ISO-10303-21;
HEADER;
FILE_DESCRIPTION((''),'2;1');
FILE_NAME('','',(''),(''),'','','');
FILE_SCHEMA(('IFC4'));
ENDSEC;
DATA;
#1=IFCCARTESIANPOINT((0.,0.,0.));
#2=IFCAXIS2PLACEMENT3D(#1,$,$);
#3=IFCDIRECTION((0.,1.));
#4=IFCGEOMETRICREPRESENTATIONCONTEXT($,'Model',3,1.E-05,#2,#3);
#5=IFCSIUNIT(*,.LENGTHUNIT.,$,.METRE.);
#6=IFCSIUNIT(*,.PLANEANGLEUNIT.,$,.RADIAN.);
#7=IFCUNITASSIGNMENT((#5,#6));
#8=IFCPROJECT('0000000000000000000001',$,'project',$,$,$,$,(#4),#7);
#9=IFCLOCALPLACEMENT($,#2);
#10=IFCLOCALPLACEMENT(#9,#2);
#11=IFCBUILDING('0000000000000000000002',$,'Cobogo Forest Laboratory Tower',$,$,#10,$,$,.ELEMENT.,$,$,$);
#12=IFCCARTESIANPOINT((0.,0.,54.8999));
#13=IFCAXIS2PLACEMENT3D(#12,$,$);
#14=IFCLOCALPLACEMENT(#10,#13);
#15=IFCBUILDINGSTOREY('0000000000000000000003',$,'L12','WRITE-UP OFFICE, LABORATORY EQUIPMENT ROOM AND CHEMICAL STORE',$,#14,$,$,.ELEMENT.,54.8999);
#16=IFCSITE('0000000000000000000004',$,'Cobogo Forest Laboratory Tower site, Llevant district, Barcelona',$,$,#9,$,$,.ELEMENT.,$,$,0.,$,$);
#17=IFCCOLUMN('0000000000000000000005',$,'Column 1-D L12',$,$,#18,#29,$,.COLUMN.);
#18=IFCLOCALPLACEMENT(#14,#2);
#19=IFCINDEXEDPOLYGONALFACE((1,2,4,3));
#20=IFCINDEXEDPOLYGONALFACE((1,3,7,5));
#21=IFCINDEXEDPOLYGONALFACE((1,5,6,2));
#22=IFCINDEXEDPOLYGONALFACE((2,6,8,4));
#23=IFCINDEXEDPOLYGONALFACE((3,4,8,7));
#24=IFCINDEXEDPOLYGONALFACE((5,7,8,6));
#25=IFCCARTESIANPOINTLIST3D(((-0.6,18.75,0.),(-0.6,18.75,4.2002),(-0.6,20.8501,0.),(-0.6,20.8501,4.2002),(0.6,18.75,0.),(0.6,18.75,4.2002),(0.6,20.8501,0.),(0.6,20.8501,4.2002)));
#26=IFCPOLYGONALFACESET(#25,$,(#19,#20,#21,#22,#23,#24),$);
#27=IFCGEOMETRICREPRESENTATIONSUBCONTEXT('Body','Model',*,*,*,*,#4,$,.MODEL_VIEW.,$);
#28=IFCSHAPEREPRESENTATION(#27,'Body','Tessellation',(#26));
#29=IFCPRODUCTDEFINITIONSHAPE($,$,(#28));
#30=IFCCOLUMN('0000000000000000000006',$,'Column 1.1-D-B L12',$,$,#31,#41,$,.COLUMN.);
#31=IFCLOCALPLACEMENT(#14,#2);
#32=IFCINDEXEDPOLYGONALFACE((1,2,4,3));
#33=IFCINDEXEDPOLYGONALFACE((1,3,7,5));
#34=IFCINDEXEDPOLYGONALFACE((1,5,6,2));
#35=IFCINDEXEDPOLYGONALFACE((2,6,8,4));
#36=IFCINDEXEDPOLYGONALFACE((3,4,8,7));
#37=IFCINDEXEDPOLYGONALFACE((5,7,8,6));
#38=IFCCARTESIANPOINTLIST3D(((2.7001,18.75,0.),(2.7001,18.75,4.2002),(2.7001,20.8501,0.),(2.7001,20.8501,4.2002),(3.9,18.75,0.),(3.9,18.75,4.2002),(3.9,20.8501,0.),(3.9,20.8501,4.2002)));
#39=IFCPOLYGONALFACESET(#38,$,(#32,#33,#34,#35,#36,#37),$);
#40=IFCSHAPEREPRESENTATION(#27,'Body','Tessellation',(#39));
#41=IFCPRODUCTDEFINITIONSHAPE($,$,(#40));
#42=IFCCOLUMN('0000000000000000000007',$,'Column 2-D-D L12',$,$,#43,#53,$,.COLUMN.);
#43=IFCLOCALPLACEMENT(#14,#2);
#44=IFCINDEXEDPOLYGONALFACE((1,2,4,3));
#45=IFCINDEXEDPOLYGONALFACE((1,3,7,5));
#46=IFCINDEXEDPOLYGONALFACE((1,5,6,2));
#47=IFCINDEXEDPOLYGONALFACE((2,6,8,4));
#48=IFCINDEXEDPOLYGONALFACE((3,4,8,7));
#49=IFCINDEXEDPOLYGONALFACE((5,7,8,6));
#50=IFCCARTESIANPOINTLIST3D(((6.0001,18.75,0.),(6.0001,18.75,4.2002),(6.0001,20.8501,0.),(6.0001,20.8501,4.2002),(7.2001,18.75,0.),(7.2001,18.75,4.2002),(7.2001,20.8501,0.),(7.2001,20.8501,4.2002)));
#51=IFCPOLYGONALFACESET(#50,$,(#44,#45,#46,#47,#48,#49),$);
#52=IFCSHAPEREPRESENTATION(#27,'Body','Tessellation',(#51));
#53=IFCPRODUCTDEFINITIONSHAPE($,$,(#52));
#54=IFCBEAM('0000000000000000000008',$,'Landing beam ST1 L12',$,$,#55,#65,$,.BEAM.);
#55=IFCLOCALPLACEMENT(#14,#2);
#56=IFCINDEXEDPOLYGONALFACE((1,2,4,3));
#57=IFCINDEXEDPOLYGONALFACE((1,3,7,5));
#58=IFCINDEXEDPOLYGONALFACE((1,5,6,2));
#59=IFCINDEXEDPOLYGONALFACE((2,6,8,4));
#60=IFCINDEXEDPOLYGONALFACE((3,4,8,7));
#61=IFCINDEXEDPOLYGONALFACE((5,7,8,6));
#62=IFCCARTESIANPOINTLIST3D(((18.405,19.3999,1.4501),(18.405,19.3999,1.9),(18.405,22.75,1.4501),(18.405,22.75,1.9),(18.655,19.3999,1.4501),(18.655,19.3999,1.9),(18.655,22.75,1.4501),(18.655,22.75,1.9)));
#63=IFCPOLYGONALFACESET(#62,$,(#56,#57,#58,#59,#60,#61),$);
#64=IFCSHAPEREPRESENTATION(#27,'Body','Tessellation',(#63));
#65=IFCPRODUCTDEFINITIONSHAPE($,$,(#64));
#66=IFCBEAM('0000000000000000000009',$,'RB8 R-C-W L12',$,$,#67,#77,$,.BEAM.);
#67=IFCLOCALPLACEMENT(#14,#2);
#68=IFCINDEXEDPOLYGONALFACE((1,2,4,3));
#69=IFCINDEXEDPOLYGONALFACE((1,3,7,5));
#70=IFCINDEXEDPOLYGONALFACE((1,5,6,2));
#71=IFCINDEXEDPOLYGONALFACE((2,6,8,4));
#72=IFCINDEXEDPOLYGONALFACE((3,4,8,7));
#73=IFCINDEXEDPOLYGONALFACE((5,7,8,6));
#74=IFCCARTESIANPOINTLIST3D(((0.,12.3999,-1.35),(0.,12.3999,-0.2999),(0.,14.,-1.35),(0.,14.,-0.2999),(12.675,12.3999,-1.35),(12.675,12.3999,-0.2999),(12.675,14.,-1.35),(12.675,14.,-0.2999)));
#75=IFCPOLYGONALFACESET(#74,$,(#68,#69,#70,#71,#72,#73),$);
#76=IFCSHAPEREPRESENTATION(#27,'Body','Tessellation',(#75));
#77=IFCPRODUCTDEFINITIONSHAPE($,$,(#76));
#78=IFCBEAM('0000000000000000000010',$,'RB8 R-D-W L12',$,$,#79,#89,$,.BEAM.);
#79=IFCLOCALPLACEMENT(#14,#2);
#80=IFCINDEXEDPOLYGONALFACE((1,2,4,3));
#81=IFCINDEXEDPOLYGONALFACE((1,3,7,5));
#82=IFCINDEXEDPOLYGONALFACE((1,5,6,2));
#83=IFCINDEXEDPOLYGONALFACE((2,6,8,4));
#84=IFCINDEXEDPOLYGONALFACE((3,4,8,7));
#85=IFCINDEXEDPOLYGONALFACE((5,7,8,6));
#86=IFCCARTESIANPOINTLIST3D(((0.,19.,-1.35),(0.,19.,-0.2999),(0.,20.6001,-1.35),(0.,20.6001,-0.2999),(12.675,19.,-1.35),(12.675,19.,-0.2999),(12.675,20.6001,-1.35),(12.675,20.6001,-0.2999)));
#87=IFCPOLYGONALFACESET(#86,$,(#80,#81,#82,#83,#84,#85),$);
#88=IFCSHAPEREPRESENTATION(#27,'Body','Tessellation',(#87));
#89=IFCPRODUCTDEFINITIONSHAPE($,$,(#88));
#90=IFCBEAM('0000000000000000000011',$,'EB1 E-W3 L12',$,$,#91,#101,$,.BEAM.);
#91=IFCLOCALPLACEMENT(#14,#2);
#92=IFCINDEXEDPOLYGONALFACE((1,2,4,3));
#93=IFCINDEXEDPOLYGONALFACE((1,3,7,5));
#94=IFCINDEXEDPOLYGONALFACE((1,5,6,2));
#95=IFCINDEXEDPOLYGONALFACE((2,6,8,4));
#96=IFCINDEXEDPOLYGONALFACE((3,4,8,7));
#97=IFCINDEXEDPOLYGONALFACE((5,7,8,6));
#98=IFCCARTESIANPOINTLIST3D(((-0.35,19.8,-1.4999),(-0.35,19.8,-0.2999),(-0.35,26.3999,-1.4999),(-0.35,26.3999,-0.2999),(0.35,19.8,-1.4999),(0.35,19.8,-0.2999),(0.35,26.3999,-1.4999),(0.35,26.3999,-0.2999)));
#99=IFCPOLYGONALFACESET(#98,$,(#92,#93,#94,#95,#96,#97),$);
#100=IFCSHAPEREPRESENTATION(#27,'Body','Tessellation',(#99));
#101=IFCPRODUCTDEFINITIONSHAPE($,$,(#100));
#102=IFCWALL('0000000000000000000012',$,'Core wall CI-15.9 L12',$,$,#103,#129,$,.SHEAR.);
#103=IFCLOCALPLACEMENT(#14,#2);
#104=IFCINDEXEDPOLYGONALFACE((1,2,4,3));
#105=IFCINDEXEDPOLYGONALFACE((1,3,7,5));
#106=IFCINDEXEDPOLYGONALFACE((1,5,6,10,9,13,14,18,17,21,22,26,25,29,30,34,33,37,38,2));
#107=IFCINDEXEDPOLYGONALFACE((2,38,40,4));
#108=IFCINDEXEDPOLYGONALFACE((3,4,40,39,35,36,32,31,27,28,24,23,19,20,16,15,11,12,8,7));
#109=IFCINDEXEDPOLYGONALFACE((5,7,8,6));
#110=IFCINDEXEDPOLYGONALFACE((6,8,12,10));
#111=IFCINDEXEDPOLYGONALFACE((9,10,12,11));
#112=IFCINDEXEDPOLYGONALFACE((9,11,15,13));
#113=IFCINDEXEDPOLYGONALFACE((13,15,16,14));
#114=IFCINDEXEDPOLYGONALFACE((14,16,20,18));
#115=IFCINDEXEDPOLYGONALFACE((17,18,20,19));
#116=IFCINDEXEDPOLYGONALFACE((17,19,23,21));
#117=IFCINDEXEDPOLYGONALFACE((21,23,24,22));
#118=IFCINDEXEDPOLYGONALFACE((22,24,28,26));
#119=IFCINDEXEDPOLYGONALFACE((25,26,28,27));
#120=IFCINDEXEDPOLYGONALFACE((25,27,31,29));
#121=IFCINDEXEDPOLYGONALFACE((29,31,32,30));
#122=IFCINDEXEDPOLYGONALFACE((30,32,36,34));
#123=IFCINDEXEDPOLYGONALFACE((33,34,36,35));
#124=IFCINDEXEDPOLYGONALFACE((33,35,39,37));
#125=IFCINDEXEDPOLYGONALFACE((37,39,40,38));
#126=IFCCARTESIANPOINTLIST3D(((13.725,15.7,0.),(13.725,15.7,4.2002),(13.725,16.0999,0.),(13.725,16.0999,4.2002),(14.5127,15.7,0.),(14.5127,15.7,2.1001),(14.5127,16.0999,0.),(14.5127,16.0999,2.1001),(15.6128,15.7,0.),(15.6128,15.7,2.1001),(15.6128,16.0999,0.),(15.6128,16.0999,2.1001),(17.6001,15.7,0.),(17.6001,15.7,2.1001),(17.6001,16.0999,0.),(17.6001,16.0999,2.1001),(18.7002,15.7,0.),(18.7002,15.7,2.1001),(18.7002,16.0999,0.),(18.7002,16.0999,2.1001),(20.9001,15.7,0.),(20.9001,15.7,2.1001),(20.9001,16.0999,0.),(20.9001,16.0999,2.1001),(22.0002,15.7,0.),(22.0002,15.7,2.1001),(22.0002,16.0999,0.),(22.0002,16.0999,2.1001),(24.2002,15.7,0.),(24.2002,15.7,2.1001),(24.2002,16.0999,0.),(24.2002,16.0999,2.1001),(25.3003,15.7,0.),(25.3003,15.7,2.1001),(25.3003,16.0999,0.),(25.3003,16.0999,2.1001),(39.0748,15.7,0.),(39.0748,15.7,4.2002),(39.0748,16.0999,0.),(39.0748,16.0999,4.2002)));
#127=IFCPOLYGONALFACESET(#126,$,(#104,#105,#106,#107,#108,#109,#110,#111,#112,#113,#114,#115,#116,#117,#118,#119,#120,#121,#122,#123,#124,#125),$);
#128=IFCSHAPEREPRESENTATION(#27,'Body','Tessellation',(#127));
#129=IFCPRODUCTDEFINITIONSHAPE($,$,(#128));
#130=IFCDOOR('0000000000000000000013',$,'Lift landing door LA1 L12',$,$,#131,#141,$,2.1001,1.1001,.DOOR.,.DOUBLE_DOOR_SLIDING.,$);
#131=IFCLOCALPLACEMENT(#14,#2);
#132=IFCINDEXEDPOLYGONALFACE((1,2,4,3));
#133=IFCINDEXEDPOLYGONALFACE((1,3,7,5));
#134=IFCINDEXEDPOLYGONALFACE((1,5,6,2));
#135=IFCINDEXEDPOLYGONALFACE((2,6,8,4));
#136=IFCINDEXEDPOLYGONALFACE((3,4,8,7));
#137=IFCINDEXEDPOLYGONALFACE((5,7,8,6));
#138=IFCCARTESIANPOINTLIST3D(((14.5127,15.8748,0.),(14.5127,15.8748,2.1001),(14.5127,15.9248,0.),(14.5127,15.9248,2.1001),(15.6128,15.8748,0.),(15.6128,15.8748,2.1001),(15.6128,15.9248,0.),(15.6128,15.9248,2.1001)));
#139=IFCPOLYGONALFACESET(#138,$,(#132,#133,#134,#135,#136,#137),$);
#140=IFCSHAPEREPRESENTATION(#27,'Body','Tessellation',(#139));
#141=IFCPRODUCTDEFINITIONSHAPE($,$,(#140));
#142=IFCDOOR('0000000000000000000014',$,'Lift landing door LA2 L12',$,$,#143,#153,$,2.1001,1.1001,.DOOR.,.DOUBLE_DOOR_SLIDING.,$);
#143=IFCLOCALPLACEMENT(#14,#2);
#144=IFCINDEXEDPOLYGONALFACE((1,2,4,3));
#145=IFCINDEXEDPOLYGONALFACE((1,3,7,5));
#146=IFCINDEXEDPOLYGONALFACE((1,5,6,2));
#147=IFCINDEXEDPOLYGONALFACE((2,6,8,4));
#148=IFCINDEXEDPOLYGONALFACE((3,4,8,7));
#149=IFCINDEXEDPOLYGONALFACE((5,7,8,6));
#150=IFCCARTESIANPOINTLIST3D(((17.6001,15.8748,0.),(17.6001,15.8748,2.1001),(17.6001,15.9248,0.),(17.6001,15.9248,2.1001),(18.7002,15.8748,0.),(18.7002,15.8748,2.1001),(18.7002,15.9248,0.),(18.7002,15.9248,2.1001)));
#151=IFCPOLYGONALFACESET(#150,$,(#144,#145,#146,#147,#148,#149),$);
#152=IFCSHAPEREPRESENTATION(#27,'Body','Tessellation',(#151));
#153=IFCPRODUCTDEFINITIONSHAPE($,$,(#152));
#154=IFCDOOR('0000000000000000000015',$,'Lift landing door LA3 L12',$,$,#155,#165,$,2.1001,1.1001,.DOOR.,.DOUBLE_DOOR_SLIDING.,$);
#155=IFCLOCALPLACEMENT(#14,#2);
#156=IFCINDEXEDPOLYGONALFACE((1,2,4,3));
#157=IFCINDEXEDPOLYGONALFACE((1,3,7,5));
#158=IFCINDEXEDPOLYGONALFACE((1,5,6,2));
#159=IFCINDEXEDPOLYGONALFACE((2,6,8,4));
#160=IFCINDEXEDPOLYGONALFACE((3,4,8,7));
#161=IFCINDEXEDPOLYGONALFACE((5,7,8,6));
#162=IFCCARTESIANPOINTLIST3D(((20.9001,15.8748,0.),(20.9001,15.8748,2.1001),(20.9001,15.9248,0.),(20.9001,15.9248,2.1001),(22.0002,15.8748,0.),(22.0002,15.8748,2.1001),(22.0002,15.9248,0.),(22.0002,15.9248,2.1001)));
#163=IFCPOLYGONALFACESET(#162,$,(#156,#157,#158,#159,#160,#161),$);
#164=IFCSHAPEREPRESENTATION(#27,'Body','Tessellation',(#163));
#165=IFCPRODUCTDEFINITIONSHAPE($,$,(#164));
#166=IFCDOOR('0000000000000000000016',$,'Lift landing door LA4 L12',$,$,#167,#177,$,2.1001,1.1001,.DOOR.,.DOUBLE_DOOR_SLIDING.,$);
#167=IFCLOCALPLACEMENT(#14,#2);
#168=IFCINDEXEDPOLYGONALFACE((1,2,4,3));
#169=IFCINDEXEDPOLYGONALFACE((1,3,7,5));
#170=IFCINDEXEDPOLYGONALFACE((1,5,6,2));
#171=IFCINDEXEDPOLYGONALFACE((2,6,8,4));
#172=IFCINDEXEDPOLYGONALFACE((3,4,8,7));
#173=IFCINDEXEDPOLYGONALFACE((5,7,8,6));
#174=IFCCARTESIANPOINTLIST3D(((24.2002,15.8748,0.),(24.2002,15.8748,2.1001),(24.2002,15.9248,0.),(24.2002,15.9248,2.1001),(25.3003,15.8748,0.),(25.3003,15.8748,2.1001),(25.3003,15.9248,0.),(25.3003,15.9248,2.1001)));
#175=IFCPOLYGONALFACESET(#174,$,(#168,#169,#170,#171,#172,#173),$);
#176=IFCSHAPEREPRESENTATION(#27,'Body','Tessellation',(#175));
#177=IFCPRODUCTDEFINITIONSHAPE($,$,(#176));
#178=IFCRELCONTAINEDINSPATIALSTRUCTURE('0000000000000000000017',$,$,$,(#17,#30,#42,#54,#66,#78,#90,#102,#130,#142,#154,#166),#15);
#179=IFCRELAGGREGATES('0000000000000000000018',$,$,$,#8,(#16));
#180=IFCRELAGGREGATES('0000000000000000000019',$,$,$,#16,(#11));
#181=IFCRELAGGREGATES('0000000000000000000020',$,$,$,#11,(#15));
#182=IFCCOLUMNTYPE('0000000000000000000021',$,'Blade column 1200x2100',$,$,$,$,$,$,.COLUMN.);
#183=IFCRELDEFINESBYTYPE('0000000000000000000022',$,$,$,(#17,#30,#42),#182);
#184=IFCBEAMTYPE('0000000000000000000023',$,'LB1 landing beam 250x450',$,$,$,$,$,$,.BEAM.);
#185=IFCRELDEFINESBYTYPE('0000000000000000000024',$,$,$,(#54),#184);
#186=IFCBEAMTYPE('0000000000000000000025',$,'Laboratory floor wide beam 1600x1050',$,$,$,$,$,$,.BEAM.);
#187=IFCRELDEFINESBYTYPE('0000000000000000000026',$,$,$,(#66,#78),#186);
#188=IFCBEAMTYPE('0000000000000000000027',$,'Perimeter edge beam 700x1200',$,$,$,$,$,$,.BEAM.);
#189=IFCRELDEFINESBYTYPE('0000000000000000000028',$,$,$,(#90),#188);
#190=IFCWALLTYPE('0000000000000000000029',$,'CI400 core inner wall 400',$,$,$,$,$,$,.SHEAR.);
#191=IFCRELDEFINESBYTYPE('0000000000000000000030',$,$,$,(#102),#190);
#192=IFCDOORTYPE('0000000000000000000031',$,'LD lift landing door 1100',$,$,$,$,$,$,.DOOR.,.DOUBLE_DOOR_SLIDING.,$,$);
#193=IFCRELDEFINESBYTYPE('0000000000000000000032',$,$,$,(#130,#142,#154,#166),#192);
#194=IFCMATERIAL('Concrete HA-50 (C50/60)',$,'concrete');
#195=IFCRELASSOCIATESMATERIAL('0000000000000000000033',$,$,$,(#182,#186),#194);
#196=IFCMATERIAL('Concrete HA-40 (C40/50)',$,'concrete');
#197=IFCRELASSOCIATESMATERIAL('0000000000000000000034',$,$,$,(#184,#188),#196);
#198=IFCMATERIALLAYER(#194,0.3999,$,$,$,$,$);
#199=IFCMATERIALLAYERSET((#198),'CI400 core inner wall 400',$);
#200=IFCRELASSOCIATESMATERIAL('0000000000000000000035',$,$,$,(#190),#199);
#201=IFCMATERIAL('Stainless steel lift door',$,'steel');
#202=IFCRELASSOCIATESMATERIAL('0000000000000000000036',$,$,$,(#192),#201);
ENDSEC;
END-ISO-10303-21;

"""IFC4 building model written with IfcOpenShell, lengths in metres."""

from ifc_helpers import new_model, si_unit, direction, frame, frame_2d, origin, origin_2d, place, context, subcontext, project, spatial, rectangle, extrude, material, layer, layer_set, material_profile, profile_set, type_object, element, fill, save


model = new_model("IFC4")

# Units and contexts
model_context = context("Model", 3, precision=1e-05, world=origin(), true_north=direction((0.0, 1.0)))
body_context = subcontext(model_context, "Body", "Model", "MODEL_VIEW")
ifc_project = project(units=[si_unit("LENGTHUNIT", "METRE"), si_unit("PLANEANGLEUNIT", "RADIAN")], contexts=[model_context])

# Site, building, storey
site_placement = place(None, origin())
site = spatial("IfcSite", under=ifc_project, at=site_placement, Name="Cobogo Forest Laboratory Tower site, Llevant district, Barcelona", CompositionType="ELEMENT", RefElevation=0.0)
building_placement = place(site_placement, origin())
building = spatial("IfcBuilding", under=site, at=building_placement, Name="Cobogo Forest Laboratory Tower", CompositionType="ELEMENT")
storey_placement = place(building_placement, frame((0.0, 0.0, 54.8999)))
storey = spatial("IfcBuildingStorey", under=building, at=storey_placement, Name="L12", Description="WRITE-UP OFFICE, LABORATORY EQUIPMENT ROOM AND CHEMICAL STORE", CompositionType="ELEMENT", Elevation=54.8999)

# Columns
ifc_material_1 = material(Name="Concrete HA-50 (C50/60)", Category="concrete")
ifc_material_profile_1 = material_profile(ifc_material_1, rectangle(XDim=2.1001, YDim=1.2, at=origin_2d()), Name="RC 1200x2100")
ifc_profile_set_1 = profile_set([ifc_material_profile_1], Name="Concrete HA-50 (C50/60)")
column_type = type_object("IfcColumnType", Name="Blade column 1200x2100", PredefinedType="COLUMN", material=ifc_profile_set_1)
for number, where, z_axis, x_axis, name in (
    (1, (0.0, 19.8, 0.0), (0.0, 0.0, 1.0), (0.0, 1.0, 0.0), "Column 1-D L12"),
    (2, (3.3, 19.8, 0.0), (0.0, 0.0, 1.0), (0.0, 1.0, 0.0), "Column 1.1-D-B L12"),
    (3, (6.6001, 19.8, 0.0), (0.0, 0.0, 1.0), (0.0, 1.0, 0.0), "Column 2-D-D L12"),
):
    element("IfcColumn", number, at=place(storey_placement, frame(where, z_axis=z_axis, x_axis=x_axis)), inside=storey, type_object=column_type, Name=name, PredefinedType="COLUMN", context=body_context, shape_type="SweptSolid", body=[
        extrude(rectangle(XDim=2.1001, YDim=1.2, at=origin_2d()), origin(), (0.0, 0.0, 1.0), 4.2002),
    ])

# Beams
ifc_material_2 = material(Name="Concrete HA-40 (C40/50)", Category="concrete")
ifc_material_profile_2 = material_profile(ifc_material_2, rectangle(XDim=0.25, YDim=0.45, at=origin_2d()), Name="RC 250x450")
ifc_profile_set_2 = profile_set([ifc_material_profile_2], Name="Concrete HA-40 (C40/50)")
beam_type_1 = type_object("IfcBeamType", Name="LB1 landing beam 250x450", PredefinedType="BEAM", material=ifc_profile_set_2)
beam_1_placement = place(storey_placement, frame((18.53, 19.3999, 1.675), z_axis=(0.0, 1.0, 0.0), x_axis=(-1.0, 0.0, 0.0)))
element("IfcBeam", 4, at=beam_1_placement, inside=storey, type_object=beam_type_1, Name="Landing beam ST1 L12", PredefinedType="BEAM", context=body_context, shape_type="SweptSolid", body=[
    extrude(rectangle(XDim=0.25, YDim=0.45, at=origin_2d()), origin(), (0.0, 0.0, 1.0), 3.3501),
])
ifc_material_profile_3 = material_profile(ifc_material_1, rectangle(XDim=1.6001, YDim=1.05, at=origin_2d()), Name="RC 1600x1050")
ifc_profile_set_3 = profile_set([ifc_material_profile_3], Name="Concrete HA-50 (C50/60)")
beam_type_2 = type_object("IfcBeamType", Name="Laboratory floor wide beam 1600x1050", PredefinedType="BEAM", material=ifc_profile_set_3)
for number, where, z_axis, x_axis, name in (
    (5, (12.675, 13.2, -0.825), (-1.0, 0.0, 0.0), (0.0, -1.0, 0.0), "RB8 R-C-W L12"),
    (6, (12.675, 19.8, -0.825), (-1.0, 0.0, 0.0), (0.0, -1.0, 0.0), "RB8 R-D-W L12"),
):
    element("IfcBeam", number, at=place(storey_placement, frame(where, z_axis=z_axis, x_axis=x_axis)), inside=storey, type_object=beam_type_2, Name=name, PredefinedType="BEAM", context=body_context, shape_type="SweptSolid", body=[
        extrude(rectangle(XDim=1.6001, YDim=1.05, at=origin_2d()), origin(), (0.0, 0.0, 1.0), 12.675),
    ])
ifc_material_profile_4 = material_profile(ifc_material_2, rectangle(XDim=0.7, YDim=1.2, at=origin_2d()), Name="RC 700x1200")
ifc_profile_set_4 = profile_set([ifc_material_profile_4], Name="Concrete HA-40 (C40/50)")
beam_type_3 = type_object("IfcBeamType", Name="Perimeter edge beam 700x1200", PredefinedType="BEAM", material=ifc_profile_set_4)
beam_2_placement = place(storey_placement, frame((0.0, 19.8, -0.8999), z_axis=(0.0, 1.0, 0.0), x_axis=(-1.0, 0.0, 0.0)))
element("IfcBeam", 7, at=beam_2_placement, inside=storey, type_object=beam_type_3, Name="EB1 E-W3 L12", PredefinedType="BEAM", context=body_context, shape_type="SweptSolid", body=[
    extrude(rectangle(XDim=0.7, YDim=1.2, at=origin_2d()), origin(), (0.0, 0.0, 1.0), 6.5999),
])

# Wall, openings, doors
ifc_layer_1 = layer(ifc_material_1, 0.3999)
ifc_layer_set_1 = layer_set([ifc_layer_1], Name="CI400 core inner wall 400")
wall_type_1 = type_object("IfcWallType", Name="CI400 core inner wall 400", PredefinedType="SHEAR", material=ifc_layer_set_1)
wall_1_placement = place(storey_placement, frame((13.7251, 15.8999, 0.0), z_axis=(0.0, 0.0, 1.0), x_axis=(1.0, 0.0, 0.0)))
wall_1 = element("IfcWall", 8, at=wall_1_placement, inside=storey, type_object=wall_type_1, Name="Core wall CI-15.9 L12", PredefinedType="SHEAR", context=body_context, shape_type="SweptSolid", body=[
    extrude(rectangle(XDim=25.3499, YDim=0.3999, at=frame_2d((12.6748, 0.0))), origin(), (0.0, 0.0, 1.0), 4.2002),
])
opening_1_placement = place(wall_1_placement, frame((0.7876, 0.0, 0.0)))
opening_1 = element("IfcOpeningElement", 9, at=opening_1_placement, cuts=wall_1, PredefinedType="OPENING", context=body_context, shape_type="SweptSolid", body=[
    extrude(rectangle(XDim=1.1001, YDim=2.1001, at=frame_2d((0.55, 1.05))), frame((0.0, 0.21, 0.0), z_axis=(0.0, -1.0, 0.0), x_axis=(1.0, 0.0, 0.0)), (0.0, 0.0, 1.0), 0.4199),
])
opening_2_placement = place(wall_1_placement, frame((3.875, 0.0, 0.0)))
opening_2 = element("IfcOpeningElement", 10, at=opening_2_placement, cuts=wall_1, PredefinedType="OPENING", context=body_context, shape_type="SweptSolid", body=[
    extrude(rectangle(XDim=1.1001, YDim=2.1001, at=frame_2d((0.55, 1.05))), frame((0.0, 0.21, 0.0), z_axis=(0.0, -1.0, 0.0), x_axis=(1.0, 0.0, 0.0)), (0.0, 0.0, 1.0), 0.4199),
])
opening_3_placement = place(wall_1_placement, frame((7.175, 0.0, 0.0)))
opening_3 = element("IfcOpeningElement", 11, at=opening_3_placement, cuts=wall_1, PredefinedType="OPENING", context=body_context, shape_type="SweptSolid", body=[
    extrude(rectangle(XDim=1.1001, YDim=2.1001, at=frame_2d((0.55, 1.05))), frame((0.0, 0.21, 0.0), z_axis=(0.0, -1.0, 0.0), x_axis=(1.0, 0.0, 0.0)), (0.0, 0.0, 1.0), 0.4199),
])
opening_4_placement = place(wall_1_placement, frame((10.4751, 0.0, 0.0)))
opening_4 = element("IfcOpeningElement", 12, at=opening_4_placement, cuts=wall_1, PredefinedType="OPENING", context=body_context, shape_type="SweptSolid", body=[
    extrude(rectangle(XDim=1.1001, YDim=2.1001, at=frame_2d((0.55, 1.05))), frame((0.0, 0.21, 0.0), z_axis=(0.0, -1.0, 0.0), x_axis=(1.0, 0.0, 0.0)), (0.0, 0.0, 1.0), 0.4199),
])
ifc_material_3 = material(Name="Stainless steel lift door", Category="steel")
door_type_1 = type_object("IfcDoorType", Name="LD lift landing door 1100", OperationType="DOUBLE_DOOR_SLIDING", PredefinedType="DOOR", material=ifc_material_3)
door_1_placement = place(opening_1_placement, origin())
door_1 = element("IfcDoor", 13, at=door_1_placement, inside=storey, type_object=door_type_1, Name="Lift landing door LA1 L12", OperationType="DOUBLE_DOOR_SLIDING", OverallHeight=2.1001, OverallWidth=1.1001, PredefinedType="DOOR", context=body_context, shape_type="SweptSolid", body=[
    extrude(rectangle(XDim=1.1001, YDim=2.1001, at=frame_2d((0.55, 1.05))), frame((0.0, 0.0249, 0.0), z_axis=(0.0, -1.0, 0.0), x_axis=(1.0, 0.0, 0.0)), (0.0, 0.0, 1.0), 0.05),
])
fill(opening_1, door_1)
door_2_placement = place(opening_2_placement, origin())
door_2 = element("IfcDoor", 14, at=door_2_placement, inside=storey, type_object=door_type_1, Name="Lift landing door LA2 L12", OperationType="DOUBLE_DOOR_SLIDING", OverallHeight=2.1001, OverallWidth=1.1001, PredefinedType="DOOR", context=body_context, shape_type="SweptSolid", body=[
    extrude(rectangle(XDim=1.1001, YDim=2.1001, at=frame_2d((0.55, 1.05))), frame((0.0, 0.0249, 0.0), z_axis=(0.0, -1.0, 0.0), x_axis=(1.0, 0.0, 0.0)), (0.0, 0.0, 1.0), 0.05),
])
fill(opening_2, door_2)
door_3_placement = place(opening_3_placement, origin())
door_3 = element("IfcDoor", 15, at=door_3_placement, inside=storey, type_object=door_type_1, Name="Lift landing door LA3 L12", OperationType="DOUBLE_DOOR_SLIDING", OverallHeight=2.1001, OverallWidth=1.1001, PredefinedType="DOOR", context=body_context, shape_type="SweptSolid", body=[
    extrude(rectangle(XDim=1.1001, YDim=2.1001, at=frame_2d((0.55, 1.05))), frame((0.0, 0.0249, 0.0), z_axis=(0.0, -1.0, 0.0), x_axis=(1.0, 0.0, 0.0)), (0.0, 0.0, 1.0), 0.05),
])
fill(opening_3, door_3)
door_4_placement = place(opening_4_placement, origin())
door_4 = element("IfcDoor", 16, at=door_4_placement, inside=storey, type_object=door_type_1, Name="Lift landing door LA4 L12", OperationType="DOUBLE_DOOR_SLIDING", OverallHeight=2.1001, OverallWidth=1.1001, PredefinedType="DOOR", context=body_context, shape_type="SweptSolid", body=[
    extrude(rectangle(XDim=1.1001, YDim=2.1001, at=frame_2d((0.55, 1.05))), frame((0.0, 0.0249, 0.0), z_axis=(0.0, -1.0, 0.0), x_axis=(1.0, 0.0, 0.0)), (0.0, 0.0, 1.0), 0.05),
])
fill(opening_4, door_4)

save(model, "model.ifc")
